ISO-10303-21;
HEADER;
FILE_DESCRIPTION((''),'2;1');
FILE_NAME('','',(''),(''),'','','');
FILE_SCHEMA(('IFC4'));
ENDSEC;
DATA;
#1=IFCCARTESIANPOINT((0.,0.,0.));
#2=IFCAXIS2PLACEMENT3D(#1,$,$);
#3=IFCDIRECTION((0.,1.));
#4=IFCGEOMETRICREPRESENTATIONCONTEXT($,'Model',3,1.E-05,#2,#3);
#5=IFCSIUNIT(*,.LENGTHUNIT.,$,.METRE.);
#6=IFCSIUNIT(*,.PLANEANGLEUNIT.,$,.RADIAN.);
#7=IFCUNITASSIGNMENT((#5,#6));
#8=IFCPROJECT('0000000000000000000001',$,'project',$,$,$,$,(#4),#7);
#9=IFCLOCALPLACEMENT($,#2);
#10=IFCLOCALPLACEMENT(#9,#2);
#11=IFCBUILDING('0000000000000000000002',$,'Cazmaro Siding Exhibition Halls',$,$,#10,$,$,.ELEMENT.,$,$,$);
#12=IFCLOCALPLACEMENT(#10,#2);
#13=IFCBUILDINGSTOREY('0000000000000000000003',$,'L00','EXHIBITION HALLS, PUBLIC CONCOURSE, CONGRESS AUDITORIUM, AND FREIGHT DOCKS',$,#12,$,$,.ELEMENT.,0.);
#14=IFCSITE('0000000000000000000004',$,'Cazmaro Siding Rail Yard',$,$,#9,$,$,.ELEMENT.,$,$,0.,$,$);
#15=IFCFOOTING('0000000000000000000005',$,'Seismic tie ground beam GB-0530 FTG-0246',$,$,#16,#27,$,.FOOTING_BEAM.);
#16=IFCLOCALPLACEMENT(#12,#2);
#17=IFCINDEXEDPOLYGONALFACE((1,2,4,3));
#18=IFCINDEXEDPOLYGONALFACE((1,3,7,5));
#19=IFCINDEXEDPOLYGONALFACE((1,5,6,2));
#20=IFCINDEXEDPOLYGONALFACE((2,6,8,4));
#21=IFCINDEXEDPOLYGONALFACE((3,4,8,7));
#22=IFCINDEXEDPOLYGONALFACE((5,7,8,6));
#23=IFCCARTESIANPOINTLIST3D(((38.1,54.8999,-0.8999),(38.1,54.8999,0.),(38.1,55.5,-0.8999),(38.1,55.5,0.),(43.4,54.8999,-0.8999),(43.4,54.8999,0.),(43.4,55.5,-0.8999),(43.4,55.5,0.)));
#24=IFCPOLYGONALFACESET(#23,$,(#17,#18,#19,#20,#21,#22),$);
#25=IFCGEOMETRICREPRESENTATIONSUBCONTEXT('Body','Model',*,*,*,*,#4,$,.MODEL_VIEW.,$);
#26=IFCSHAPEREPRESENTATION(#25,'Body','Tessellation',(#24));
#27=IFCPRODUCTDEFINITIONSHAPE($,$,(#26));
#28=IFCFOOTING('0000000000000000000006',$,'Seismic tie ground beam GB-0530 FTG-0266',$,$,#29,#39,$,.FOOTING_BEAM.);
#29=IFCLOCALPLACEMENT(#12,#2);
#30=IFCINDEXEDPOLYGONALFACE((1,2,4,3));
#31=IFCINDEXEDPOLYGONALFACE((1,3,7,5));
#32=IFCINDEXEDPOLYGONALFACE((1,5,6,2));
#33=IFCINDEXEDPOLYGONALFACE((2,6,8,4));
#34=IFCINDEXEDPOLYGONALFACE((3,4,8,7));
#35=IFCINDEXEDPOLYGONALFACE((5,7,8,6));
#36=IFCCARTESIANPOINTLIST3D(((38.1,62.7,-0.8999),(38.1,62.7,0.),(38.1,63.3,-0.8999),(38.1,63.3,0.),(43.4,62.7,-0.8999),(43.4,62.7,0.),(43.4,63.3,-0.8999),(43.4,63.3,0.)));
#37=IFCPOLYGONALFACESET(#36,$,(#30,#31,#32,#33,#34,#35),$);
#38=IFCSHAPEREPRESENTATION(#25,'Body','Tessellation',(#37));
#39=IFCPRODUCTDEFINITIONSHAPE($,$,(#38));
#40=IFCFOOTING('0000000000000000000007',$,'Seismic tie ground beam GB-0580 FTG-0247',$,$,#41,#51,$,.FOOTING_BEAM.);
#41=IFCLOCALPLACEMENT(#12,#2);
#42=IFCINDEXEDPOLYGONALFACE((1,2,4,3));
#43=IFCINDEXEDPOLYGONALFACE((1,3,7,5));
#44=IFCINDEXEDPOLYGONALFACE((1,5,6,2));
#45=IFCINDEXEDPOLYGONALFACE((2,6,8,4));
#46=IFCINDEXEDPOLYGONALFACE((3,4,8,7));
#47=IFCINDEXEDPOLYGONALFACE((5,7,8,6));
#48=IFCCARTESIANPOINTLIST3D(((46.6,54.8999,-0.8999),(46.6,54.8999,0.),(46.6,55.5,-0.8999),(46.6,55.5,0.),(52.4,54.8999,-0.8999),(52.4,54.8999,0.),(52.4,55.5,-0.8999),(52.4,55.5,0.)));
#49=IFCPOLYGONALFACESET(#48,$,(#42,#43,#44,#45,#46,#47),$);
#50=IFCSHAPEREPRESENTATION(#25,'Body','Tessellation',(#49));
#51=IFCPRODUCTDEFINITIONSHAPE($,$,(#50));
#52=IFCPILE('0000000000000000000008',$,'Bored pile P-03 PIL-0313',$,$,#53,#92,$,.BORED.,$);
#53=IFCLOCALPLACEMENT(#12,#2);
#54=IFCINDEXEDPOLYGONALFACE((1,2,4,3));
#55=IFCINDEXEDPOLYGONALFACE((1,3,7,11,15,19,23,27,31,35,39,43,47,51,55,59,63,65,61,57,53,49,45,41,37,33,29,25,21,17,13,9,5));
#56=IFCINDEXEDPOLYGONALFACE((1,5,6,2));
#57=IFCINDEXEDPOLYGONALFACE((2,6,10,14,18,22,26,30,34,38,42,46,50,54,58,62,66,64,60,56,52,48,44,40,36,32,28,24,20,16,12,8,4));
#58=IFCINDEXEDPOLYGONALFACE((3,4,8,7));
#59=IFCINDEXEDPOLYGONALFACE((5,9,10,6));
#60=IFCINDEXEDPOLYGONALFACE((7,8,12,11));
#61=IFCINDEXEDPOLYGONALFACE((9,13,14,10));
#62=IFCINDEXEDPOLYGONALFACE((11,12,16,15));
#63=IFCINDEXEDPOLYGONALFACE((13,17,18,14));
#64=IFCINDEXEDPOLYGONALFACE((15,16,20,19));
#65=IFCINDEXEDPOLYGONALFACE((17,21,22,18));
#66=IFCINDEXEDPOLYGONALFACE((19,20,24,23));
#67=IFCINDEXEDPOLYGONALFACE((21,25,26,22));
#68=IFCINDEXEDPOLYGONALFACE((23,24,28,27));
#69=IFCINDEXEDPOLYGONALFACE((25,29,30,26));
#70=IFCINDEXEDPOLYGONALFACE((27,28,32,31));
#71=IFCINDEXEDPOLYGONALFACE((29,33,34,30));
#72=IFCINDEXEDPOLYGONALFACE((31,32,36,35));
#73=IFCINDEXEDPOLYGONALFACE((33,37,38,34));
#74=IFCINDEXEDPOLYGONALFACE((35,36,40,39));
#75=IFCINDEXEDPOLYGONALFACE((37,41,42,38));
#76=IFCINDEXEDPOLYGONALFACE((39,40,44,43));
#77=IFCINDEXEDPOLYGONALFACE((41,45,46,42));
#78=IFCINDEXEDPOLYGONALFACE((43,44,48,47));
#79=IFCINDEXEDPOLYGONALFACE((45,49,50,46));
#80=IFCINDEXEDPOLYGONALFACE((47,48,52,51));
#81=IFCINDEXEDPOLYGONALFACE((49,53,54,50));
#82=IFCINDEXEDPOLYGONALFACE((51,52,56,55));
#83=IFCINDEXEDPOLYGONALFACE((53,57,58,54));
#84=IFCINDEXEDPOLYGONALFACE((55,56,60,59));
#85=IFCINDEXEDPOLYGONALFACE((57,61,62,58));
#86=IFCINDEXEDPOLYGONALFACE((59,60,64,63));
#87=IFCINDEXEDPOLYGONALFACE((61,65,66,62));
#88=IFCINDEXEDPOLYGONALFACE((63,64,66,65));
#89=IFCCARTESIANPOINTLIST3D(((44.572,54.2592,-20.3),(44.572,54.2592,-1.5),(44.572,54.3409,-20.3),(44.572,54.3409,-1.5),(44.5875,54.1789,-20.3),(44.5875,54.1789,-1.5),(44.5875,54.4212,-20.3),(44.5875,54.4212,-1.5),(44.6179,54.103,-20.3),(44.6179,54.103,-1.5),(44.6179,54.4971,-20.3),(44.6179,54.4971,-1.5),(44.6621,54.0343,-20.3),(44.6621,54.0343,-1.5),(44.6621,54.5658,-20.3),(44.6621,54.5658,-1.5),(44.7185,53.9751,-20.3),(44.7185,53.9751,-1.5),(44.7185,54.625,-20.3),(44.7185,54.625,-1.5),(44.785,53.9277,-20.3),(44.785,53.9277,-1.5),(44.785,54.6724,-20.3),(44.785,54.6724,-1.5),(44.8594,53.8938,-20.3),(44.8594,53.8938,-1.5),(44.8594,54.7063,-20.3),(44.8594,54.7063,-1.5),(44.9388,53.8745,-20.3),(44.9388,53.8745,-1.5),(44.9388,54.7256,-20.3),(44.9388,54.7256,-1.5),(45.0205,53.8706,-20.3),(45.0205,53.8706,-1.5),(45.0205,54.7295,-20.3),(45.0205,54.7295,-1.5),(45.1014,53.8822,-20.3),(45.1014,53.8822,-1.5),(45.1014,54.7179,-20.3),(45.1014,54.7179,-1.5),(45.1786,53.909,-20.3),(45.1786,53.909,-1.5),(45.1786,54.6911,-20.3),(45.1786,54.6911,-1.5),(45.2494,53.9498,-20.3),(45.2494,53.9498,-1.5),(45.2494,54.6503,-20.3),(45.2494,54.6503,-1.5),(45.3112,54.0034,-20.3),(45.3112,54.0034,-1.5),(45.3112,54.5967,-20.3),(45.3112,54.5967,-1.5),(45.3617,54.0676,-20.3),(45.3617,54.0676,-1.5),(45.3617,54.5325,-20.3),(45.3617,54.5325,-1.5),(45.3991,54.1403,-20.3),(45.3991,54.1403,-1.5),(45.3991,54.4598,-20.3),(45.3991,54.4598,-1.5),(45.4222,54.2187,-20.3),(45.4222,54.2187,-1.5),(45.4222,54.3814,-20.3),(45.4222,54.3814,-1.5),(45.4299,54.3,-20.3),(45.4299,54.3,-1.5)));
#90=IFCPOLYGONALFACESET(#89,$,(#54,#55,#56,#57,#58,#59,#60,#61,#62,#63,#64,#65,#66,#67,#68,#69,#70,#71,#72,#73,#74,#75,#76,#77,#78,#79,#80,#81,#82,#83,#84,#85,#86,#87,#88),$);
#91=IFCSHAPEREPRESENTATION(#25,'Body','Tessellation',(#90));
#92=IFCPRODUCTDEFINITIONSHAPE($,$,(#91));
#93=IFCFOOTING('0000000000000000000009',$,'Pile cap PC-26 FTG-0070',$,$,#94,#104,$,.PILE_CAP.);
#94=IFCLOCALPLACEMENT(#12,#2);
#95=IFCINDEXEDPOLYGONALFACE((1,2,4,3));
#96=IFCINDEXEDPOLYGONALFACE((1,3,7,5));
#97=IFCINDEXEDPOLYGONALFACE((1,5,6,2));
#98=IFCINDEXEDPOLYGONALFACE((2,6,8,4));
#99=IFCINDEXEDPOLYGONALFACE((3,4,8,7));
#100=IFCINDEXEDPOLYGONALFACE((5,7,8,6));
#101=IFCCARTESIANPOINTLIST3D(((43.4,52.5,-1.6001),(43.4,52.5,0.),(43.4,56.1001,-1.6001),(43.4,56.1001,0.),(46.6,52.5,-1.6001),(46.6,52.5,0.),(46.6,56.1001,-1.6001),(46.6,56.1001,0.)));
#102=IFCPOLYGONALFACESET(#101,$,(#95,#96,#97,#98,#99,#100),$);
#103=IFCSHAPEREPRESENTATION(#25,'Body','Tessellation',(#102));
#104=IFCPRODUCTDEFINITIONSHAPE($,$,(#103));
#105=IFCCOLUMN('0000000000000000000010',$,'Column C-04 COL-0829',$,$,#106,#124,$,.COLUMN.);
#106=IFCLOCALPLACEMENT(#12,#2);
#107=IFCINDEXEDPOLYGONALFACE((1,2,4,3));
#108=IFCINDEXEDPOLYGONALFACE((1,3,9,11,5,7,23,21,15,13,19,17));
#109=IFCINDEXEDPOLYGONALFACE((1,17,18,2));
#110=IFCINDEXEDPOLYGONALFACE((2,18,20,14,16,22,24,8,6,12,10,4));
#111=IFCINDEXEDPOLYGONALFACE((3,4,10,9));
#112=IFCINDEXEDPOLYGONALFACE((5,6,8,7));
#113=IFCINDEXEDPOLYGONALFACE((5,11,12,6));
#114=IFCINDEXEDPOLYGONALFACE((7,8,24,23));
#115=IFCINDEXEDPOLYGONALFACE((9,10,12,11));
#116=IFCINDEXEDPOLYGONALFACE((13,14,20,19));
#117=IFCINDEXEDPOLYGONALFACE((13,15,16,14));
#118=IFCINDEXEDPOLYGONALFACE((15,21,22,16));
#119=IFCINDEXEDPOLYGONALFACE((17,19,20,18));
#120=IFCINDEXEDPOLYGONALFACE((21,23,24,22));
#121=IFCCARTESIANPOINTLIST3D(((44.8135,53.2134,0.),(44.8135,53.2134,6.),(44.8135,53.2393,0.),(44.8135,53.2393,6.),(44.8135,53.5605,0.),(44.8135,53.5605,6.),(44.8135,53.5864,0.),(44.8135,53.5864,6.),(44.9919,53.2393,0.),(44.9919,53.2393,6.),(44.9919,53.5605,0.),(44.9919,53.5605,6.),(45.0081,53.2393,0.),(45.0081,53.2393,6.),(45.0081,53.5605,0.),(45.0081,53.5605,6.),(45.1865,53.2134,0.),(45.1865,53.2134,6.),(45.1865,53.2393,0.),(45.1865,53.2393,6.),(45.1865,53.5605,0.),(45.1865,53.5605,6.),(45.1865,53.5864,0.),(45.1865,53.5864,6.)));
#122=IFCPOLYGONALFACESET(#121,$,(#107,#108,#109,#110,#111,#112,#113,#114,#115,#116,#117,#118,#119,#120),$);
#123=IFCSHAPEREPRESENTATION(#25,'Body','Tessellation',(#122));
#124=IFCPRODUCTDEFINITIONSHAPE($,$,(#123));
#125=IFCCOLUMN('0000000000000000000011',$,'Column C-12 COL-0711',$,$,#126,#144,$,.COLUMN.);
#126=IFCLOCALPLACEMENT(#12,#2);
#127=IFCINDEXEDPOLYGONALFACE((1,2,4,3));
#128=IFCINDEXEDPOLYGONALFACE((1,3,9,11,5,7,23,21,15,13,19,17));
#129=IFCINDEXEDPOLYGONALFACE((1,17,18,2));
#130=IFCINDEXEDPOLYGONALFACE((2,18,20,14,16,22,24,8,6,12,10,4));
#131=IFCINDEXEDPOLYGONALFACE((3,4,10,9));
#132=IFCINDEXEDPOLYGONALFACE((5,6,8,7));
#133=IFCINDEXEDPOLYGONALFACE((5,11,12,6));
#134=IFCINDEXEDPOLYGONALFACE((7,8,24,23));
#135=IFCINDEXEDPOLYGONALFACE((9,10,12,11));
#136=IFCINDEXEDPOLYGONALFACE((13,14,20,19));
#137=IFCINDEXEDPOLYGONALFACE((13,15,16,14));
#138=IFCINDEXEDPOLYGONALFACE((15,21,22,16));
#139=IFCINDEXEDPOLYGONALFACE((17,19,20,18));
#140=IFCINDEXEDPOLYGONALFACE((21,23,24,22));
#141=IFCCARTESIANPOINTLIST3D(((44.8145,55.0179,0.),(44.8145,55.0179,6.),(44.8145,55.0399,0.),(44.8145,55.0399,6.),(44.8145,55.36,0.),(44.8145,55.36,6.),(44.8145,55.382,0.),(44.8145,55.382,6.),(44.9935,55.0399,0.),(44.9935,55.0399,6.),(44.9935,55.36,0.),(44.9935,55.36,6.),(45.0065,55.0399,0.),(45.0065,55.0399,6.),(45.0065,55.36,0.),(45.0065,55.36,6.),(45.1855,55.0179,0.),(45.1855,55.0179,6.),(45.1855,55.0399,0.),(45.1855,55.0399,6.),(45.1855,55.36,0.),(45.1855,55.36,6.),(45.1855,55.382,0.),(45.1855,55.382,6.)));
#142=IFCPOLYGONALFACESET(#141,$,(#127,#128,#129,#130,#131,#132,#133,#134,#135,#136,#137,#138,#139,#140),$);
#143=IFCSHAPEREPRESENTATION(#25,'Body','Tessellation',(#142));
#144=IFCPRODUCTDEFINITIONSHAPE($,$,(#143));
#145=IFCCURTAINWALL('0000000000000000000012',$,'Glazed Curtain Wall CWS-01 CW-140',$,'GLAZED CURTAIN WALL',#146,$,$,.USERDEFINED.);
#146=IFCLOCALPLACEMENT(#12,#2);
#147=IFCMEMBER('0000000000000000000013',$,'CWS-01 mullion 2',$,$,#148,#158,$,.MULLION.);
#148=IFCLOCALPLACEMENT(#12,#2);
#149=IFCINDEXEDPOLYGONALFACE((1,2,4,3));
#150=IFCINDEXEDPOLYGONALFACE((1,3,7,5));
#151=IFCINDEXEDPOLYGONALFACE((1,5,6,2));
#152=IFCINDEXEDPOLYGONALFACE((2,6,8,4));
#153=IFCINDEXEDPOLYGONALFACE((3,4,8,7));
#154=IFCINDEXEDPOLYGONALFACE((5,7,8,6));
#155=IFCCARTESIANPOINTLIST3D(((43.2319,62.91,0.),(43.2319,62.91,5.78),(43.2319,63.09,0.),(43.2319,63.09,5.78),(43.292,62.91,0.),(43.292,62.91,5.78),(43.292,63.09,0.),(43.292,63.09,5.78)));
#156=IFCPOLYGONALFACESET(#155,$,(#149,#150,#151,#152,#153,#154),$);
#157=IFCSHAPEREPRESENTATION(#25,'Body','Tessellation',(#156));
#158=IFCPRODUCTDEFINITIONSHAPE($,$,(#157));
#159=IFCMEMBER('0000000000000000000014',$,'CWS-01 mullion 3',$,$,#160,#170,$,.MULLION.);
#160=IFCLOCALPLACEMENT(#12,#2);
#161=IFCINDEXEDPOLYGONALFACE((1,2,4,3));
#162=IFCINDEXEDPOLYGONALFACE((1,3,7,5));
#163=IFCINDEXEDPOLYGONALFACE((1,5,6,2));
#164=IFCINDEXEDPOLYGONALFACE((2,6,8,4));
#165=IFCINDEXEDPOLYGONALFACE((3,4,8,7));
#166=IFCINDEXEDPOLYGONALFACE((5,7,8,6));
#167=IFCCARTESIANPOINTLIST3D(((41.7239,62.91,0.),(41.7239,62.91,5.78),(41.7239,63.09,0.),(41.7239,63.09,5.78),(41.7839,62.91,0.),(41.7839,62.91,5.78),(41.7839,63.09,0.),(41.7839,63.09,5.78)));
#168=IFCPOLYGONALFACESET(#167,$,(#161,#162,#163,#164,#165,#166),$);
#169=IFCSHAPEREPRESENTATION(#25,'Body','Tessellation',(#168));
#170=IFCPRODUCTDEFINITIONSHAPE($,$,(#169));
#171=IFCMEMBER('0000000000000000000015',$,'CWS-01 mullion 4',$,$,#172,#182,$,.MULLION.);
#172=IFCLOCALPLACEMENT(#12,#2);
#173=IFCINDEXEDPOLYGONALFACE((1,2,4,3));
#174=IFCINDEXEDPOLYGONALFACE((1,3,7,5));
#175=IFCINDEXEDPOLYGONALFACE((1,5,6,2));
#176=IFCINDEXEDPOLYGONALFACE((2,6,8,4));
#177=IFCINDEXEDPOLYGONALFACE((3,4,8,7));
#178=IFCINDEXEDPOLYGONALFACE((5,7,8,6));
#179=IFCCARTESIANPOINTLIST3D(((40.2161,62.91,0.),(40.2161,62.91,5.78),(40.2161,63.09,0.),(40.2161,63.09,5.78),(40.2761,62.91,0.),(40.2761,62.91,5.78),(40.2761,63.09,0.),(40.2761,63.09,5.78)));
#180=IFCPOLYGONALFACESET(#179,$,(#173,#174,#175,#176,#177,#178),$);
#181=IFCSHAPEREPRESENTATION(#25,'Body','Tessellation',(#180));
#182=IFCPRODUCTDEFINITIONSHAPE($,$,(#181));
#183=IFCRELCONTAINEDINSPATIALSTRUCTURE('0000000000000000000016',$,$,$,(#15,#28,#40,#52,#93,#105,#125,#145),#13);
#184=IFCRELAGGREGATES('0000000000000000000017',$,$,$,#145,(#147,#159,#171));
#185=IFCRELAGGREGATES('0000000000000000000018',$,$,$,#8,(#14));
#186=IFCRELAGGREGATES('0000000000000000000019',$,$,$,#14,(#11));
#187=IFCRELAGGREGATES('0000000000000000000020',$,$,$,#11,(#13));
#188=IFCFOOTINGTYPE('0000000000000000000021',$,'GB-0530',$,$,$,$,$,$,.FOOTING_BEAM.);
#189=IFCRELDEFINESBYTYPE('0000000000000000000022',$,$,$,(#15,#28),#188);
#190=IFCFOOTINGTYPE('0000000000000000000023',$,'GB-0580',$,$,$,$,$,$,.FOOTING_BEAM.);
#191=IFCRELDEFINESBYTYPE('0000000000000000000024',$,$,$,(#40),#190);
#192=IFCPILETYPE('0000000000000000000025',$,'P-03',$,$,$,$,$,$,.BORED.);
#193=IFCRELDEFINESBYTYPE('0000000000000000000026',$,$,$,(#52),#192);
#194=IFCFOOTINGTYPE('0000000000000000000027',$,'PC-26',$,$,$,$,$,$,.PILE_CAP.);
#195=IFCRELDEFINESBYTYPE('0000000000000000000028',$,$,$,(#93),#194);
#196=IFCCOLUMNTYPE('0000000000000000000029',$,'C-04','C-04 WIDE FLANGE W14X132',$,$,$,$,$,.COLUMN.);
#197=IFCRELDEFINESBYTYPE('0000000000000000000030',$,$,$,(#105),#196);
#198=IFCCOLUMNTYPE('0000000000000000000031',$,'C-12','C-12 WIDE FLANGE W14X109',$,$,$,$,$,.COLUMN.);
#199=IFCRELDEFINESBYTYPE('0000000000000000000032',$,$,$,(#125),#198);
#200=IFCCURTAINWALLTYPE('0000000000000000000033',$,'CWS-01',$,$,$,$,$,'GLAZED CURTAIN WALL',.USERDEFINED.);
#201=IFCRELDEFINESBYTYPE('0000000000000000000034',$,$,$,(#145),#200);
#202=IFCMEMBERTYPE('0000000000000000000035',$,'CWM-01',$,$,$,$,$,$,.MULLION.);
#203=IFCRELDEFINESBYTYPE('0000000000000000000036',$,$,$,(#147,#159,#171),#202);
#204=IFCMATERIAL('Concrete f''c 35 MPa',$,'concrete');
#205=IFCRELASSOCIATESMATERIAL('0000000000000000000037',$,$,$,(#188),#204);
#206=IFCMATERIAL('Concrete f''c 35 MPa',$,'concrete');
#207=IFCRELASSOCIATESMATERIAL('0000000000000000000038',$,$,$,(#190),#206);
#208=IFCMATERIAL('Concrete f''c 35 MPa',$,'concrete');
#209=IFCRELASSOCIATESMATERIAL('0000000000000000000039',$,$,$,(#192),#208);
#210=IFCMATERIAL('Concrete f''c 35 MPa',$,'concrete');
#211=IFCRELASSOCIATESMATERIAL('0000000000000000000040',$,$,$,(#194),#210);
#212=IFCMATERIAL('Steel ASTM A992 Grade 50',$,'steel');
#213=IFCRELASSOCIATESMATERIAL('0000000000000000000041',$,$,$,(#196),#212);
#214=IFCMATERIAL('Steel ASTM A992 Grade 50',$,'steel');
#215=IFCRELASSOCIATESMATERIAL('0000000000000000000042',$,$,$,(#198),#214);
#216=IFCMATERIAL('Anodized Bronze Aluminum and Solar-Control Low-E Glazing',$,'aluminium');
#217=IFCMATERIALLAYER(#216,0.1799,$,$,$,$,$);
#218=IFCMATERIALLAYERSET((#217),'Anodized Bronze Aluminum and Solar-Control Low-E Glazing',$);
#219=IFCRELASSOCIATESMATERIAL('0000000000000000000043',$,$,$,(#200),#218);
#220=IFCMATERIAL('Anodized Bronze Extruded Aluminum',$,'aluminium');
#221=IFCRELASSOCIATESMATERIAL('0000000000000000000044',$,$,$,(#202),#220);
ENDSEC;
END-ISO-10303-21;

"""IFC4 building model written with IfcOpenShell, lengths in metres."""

from ifc_helpers import new_model, si_unit, direction, frame, origin, origin_2d, place, context, subcontext, project, spatial, rectangle, circle, i_section, extrude, material, layer, layer_set, material_profile, profile_set, type_object, element, aggregate, save


model = new_model("IFC4")

# Units and contexts
model_context = context("Model", 3, precision=1e-05, world=origin(), true_north=direction((0.0, 1.0)))
body_context = subcontext(model_context, "Body", "Model", "MODEL_VIEW")
ifc_project = project(units=[si_unit("LENGTHUNIT", "METRE"), si_unit("PLANEANGLEUNIT", "RADIAN")], contexts=[model_context])

# Site, building, storey
site_placement = place(None, origin())
site = spatial("IfcSite", under=ifc_project, at=site_placement, Name="Cazmaro Siding Rail Yard", CompositionType="ELEMENT", RefElevation=0.0)
building_placement = place(site_placement, origin())
building = spatial("IfcBuilding", under=site, at=building_placement, Name="Cazmaro Siding Exhibition Halls", CompositionType="ELEMENT")
storey_placement = place(building_placement, origin())
storey = spatial("IfcBuildingStorey", under=building, at=storey_placement, Name="L00", Description="EXHIBITION HALLS, PUBLIC CONCOURSE, CONGRESS AUDITORIUM, AND FREIGHT DOCKS", CompositionType="ELEMENT", Elevation=0.0)

# Footings
ifc_material_1 = material(Name="Concrete f'c 35 MPa", Category="concrete")
footing_type_1 = type_object("IfcFootingType", Name="GB-0530", PredefinedType="FOOTING_BEAM", material=ifc_material_1)
for number, where, z_axis, x_axis, name in (
    (1, (40.75, 55.2, -0.8999), (0.0, 0.0, 1.0), (1.0, 0.0, 0.0), "Seismic tie ground beam GB-0530 FTG-0246"),
    (2, (40.75, 63.0, -0.8999), (0.0, 0.0, 1.0), (1.0, 0.0, 0.0), "Seismic tie ground beam GB-0530 FTG-0266"),
):
    element("IfcFooting", number, at=place(storey_placement, frame(where, z_axis=z_axis, x_axis=x_axis)), inside=storey, type_object=footing_type_1, Name=name, PredefinedType="FOOTING_BEAM", context=body_context, shape_type="SweptSolid", body=[
        extrude(rectangle(XDim=5.3, YDim=0.6001, at=origin_2d()), origin(), (0.0, 0.0, 1.0), 0.8999),
    ])
ifc_material_2 = material(Name="Concrete f'c 35 MPa", Category="concrete")
footing_type_2 = type_object("IfcFootingType", Name="GB-0580", PredefinedType="FOOTING_BEAM", material=ifc_material_2)
footing_1_placement = place(storey_placement, frame((49.5, 55.2, -0.8999), z_axis=(0.0, 0.0, 1.0), x_axis=(1.0, 0.0, 0.0)))
element("IfcFooting", 3, at=footing_1_placement, inside=storey, type_object=footing_type_2, Name="Seismic tie ground beam GB-0580 FTG-0247", PredefinedType="FOOTING_BEAM", context=body_context, shape_type="SweptSolid", body=[
    extrude(rectangle(XDim=5.8, YDim=0.6001, at=origin_2d()), origin(), (0.0, 0.0, 1.0), 0.8999),
])

# Pile
ifc_material_3 = material(Name="Concrete f'c 35 MPa", Category="concrete")
ifc_material_profile_1 = material_profile(ifc_material_3, circle(Radius=0.4299, at=origin_2d()), Name="CIDH-860")
ifc_profile_set_1 = profile_set([ifc_material_profile_1], Name="Concrete f'c 35 MPa")
pile_type = type_object("IfcPileType", Name="P-03", PredefinedType="BORED", material=ifc_profile_set_1)
pile_placement = place(storey_placement, frame((45.0, 54.3, -1.5), z_axis=(0.0, 0.0, -1.0), x_axis=(1.0, 0.0, 0.0)))
element("IfcPile", 4, at=pile_placement, inside=storey, type_object=pile_type, Name="Bored pile P-03 PIL-0313", PredefinedType="BORED", context=body_context, shape_type="SweptSolid", body=[
    extrude(circle(Radius=0.4299, at=origin_2d()), origin(), (0.0, 0.0, 1.0), 18.8),
])

# Footing
ifc_material_4 = material(Name="Concrete f'c 35 MPa", Category="concrete")
footing_type_3 = type_object("IfcFootingType", Name="PC-26", PredefinedType="PILE_CAP", material=ifc_material_4)
footing_2_placement = place(storey_placement, frame((45.0, 54.3, -1.6001), z_axis=(0.0, 0.0, 1.0), x_axis=(1.0, 0.0, 0.0)))
element("IfcFooting", 5, at=footing_2_placement, inside=storey, type_object=footing_type_3, Name="Pile cap PC-26 FTG-0070", PredefinedType="PILE_CAP", context=body_context, shape_type="SweptSolid", body=[
    extrude(rectangle(XDim=3.2, YDim=3.6001, at=origin_2d()), origin(), (0.0, 0.0, 1.0), 1.6001),
])

# Columns
ifc_material_5 = material(Name="Steel ASTM A992 Grade 50", Category="steel")
ifc_material_profile_2 = material_profile(ifc_material_5, i_section(OverallWidth=0.373, OverallDepth=0.373, WebThickness=0.0161, FlangeThickness=0.0259, at=origin_2d()), Name="W14X132")
ifc_profile_set_2 = profile_set([ifc_material_profile_2], Name="Steel ASTM A992 Grade 50")
column_type_1 = type_object("IfcColumnType", Name="C-04", Description="C-04 WIDE FLANGE W14X132", PredefinedType="COLUMN", material=ifc_profile_set_2)
column_1_placement = place(storey_placement, frame((45.0, 53.3999, 0.0), z_axis=(0.0, 0.0, 1.0), x_axis=(1.0, 0.0, 0.0)))
element("IfcColumn", 6, at=column_1_placement, inside=storey, type_object=column_type_1, Name="Column C-04 COL-0829", PredefinedType="COLUMN", context=body_context, shape_type="SweptSolid", body=[
    extrude(i_section(OverallWidth=0.373, OverallDepth=0.373, WebThickness=0.0161, FlangeThickness=0.0259, at=origin_2d()), origin(), (0.0, 0.0, 1.0), 6.0),
])
ifc_material_6 = material(Name="Steel ASTM A992 Grade 50", Category="steel")
ifc_material_profile_3 = material_profile(ifc_material_6, i_section(OverallWidth=0.3711, OverallDepth=0.364, WebThickness=0.0129, FlangeThickness=0.022, at=origin_2d()), Name="W14X109")
ifc_profile_set_3 = profile_set([ifc_material_profile_3], Name="Steel ASTM A992 Grade 50")
column_type_2 = type_object("IfcColumnType", Name="C-12", Description="C-12 WIDE FLANGE W14X109", PredefinedType="COLUMN", material=ifc_profile_set_3)
column_2_placement = place(storey_placement, frame((45.0, 55.2, 0.0), z_axis=(0.0, 0.0, 1.0), x_axis=(1.0, 0.0, 0.0)))
element("IfcColumn", 7, at=column_2_placement, inside=storey, type_object=column_type_2, Name="Column C-12 COL-0711", PredefinedType="COLUMN", context=body_context, shape_type="SweptSolid", body=[
    extrude(i_section(OverallWidth=0.3711, OverallDepth=0.364, WebThickness=0.0129, FlangeThickness=0.022, at=origin_2d()), origin(), (0.0, 0.0, 1.0), 6.0),
])

# Curtain wall, members
ifc_material_7 = material(Name="Anodized Bronze Aluminum and Solar-Control Low-E Glazing", Category="aluminium")
ifc_layer_1 = layer(ifc_material_7, 0.1799)
ifc_layer_set_1 = layer_set([ifc_layer_1], Name="Anodized Bronze Aluminum and Solar-Control Low-E Glazing")
curtain_wall_type = type_object("IfcCurtainWallType", Name="CWS-01", ElementType="GLAZED CURTAIN WALL", PredefinedType="USERDEFINED", material=ifc_layer_set_1)
curtain_wall_placement = place(storey_placement, origin())
curtain_wall = element("IfcCurtainWall", 8, at=curtain_wall_placement, inside=storey, type_object=curtain_wall_type, Name="Glazed Curtain Wall CWS-01 CW-140", ObjectType="GLAZED CURTAIN WALL", PredefinedType="USERDEFINED")
ifc_material_8 = material(Name="Anodized Bronze Extruded Aluminum", Category="aluminium")
ifc_material_profile_4 = material_profile(ifc_material_8, rectangle(XDim=0.1799, YDim=0.0601, at=origin_2d()), Name="CWM-01")
ifc_profile_set_4 = profile_set([ifc_material_profile_4], Name="Anodized Bronze Extruded Aluminum")
member_type_1 = type_object("IfcMemberType", Name="CWM-01", PredefinedType="MULLION", material=ifc_profile_set_4)
member_1_placement = place(storey_placement, frame((43.262, 63.0, 0.0), z_axis=(0.0, 0.0, 1.0), x_axis=(0.0, -1.0, 0.0)))
member_1 = element("IfcMember", 9, at=member_1_placement, type_object=member_type_1, Name="CWS-01 mullion 2", PredefinedType="MULLION", context=body_context, shape_type="SweptSolid", body=[
    extrude(rectangle(XDim=0.1799, YDim=0.0601, at=origin_2d()), origin(), (0.0, 0.0, 1.0), 5.78),
])
member_2_placement = place(storey_placement, frame((41.7539, 63.0, 0.0), z_axis=(0.0, 0.0, 1.0), x_axis=(0.0, -1.0, 0.0)))
member_2 = element("IfcMember", 10, at=member_2_placement, type_object=member_type_1, Name="CWS-01 mullion 3", PredefinedType="MULLION", context=body_context, shape_type="SweptSolid", body=[
    extrude(rectangle(XDim=0.1799, YDim=0.0601, at=origin_2d()), origin(), (0.0, 0.0, 1.0), 5.78),
])
member_3_placement = place(storey_placement, frame((40.2461, 63.0, 0.0), z_axis=(0.0, 0.0, 1.0), x_axis=(0.0, -1.0, 0.0)))
member_3 = element("IfcMember", 11, at=member_3_placement, type_object=member_type_1, Name="CWS-01 mullion 4", PredefinedType="MULLION", context=body_context, shape_type="SweptSolid", body=[
    extrude(rectangle(XDim=0.1799, YDim=0.0601, at=origin_2d()), origin(), (0.0, 0.0, 1.0), 5.78),
])
aggregate(curtain_wall, [member_1, member_2, member_3])

save(model, "model.ifc")
